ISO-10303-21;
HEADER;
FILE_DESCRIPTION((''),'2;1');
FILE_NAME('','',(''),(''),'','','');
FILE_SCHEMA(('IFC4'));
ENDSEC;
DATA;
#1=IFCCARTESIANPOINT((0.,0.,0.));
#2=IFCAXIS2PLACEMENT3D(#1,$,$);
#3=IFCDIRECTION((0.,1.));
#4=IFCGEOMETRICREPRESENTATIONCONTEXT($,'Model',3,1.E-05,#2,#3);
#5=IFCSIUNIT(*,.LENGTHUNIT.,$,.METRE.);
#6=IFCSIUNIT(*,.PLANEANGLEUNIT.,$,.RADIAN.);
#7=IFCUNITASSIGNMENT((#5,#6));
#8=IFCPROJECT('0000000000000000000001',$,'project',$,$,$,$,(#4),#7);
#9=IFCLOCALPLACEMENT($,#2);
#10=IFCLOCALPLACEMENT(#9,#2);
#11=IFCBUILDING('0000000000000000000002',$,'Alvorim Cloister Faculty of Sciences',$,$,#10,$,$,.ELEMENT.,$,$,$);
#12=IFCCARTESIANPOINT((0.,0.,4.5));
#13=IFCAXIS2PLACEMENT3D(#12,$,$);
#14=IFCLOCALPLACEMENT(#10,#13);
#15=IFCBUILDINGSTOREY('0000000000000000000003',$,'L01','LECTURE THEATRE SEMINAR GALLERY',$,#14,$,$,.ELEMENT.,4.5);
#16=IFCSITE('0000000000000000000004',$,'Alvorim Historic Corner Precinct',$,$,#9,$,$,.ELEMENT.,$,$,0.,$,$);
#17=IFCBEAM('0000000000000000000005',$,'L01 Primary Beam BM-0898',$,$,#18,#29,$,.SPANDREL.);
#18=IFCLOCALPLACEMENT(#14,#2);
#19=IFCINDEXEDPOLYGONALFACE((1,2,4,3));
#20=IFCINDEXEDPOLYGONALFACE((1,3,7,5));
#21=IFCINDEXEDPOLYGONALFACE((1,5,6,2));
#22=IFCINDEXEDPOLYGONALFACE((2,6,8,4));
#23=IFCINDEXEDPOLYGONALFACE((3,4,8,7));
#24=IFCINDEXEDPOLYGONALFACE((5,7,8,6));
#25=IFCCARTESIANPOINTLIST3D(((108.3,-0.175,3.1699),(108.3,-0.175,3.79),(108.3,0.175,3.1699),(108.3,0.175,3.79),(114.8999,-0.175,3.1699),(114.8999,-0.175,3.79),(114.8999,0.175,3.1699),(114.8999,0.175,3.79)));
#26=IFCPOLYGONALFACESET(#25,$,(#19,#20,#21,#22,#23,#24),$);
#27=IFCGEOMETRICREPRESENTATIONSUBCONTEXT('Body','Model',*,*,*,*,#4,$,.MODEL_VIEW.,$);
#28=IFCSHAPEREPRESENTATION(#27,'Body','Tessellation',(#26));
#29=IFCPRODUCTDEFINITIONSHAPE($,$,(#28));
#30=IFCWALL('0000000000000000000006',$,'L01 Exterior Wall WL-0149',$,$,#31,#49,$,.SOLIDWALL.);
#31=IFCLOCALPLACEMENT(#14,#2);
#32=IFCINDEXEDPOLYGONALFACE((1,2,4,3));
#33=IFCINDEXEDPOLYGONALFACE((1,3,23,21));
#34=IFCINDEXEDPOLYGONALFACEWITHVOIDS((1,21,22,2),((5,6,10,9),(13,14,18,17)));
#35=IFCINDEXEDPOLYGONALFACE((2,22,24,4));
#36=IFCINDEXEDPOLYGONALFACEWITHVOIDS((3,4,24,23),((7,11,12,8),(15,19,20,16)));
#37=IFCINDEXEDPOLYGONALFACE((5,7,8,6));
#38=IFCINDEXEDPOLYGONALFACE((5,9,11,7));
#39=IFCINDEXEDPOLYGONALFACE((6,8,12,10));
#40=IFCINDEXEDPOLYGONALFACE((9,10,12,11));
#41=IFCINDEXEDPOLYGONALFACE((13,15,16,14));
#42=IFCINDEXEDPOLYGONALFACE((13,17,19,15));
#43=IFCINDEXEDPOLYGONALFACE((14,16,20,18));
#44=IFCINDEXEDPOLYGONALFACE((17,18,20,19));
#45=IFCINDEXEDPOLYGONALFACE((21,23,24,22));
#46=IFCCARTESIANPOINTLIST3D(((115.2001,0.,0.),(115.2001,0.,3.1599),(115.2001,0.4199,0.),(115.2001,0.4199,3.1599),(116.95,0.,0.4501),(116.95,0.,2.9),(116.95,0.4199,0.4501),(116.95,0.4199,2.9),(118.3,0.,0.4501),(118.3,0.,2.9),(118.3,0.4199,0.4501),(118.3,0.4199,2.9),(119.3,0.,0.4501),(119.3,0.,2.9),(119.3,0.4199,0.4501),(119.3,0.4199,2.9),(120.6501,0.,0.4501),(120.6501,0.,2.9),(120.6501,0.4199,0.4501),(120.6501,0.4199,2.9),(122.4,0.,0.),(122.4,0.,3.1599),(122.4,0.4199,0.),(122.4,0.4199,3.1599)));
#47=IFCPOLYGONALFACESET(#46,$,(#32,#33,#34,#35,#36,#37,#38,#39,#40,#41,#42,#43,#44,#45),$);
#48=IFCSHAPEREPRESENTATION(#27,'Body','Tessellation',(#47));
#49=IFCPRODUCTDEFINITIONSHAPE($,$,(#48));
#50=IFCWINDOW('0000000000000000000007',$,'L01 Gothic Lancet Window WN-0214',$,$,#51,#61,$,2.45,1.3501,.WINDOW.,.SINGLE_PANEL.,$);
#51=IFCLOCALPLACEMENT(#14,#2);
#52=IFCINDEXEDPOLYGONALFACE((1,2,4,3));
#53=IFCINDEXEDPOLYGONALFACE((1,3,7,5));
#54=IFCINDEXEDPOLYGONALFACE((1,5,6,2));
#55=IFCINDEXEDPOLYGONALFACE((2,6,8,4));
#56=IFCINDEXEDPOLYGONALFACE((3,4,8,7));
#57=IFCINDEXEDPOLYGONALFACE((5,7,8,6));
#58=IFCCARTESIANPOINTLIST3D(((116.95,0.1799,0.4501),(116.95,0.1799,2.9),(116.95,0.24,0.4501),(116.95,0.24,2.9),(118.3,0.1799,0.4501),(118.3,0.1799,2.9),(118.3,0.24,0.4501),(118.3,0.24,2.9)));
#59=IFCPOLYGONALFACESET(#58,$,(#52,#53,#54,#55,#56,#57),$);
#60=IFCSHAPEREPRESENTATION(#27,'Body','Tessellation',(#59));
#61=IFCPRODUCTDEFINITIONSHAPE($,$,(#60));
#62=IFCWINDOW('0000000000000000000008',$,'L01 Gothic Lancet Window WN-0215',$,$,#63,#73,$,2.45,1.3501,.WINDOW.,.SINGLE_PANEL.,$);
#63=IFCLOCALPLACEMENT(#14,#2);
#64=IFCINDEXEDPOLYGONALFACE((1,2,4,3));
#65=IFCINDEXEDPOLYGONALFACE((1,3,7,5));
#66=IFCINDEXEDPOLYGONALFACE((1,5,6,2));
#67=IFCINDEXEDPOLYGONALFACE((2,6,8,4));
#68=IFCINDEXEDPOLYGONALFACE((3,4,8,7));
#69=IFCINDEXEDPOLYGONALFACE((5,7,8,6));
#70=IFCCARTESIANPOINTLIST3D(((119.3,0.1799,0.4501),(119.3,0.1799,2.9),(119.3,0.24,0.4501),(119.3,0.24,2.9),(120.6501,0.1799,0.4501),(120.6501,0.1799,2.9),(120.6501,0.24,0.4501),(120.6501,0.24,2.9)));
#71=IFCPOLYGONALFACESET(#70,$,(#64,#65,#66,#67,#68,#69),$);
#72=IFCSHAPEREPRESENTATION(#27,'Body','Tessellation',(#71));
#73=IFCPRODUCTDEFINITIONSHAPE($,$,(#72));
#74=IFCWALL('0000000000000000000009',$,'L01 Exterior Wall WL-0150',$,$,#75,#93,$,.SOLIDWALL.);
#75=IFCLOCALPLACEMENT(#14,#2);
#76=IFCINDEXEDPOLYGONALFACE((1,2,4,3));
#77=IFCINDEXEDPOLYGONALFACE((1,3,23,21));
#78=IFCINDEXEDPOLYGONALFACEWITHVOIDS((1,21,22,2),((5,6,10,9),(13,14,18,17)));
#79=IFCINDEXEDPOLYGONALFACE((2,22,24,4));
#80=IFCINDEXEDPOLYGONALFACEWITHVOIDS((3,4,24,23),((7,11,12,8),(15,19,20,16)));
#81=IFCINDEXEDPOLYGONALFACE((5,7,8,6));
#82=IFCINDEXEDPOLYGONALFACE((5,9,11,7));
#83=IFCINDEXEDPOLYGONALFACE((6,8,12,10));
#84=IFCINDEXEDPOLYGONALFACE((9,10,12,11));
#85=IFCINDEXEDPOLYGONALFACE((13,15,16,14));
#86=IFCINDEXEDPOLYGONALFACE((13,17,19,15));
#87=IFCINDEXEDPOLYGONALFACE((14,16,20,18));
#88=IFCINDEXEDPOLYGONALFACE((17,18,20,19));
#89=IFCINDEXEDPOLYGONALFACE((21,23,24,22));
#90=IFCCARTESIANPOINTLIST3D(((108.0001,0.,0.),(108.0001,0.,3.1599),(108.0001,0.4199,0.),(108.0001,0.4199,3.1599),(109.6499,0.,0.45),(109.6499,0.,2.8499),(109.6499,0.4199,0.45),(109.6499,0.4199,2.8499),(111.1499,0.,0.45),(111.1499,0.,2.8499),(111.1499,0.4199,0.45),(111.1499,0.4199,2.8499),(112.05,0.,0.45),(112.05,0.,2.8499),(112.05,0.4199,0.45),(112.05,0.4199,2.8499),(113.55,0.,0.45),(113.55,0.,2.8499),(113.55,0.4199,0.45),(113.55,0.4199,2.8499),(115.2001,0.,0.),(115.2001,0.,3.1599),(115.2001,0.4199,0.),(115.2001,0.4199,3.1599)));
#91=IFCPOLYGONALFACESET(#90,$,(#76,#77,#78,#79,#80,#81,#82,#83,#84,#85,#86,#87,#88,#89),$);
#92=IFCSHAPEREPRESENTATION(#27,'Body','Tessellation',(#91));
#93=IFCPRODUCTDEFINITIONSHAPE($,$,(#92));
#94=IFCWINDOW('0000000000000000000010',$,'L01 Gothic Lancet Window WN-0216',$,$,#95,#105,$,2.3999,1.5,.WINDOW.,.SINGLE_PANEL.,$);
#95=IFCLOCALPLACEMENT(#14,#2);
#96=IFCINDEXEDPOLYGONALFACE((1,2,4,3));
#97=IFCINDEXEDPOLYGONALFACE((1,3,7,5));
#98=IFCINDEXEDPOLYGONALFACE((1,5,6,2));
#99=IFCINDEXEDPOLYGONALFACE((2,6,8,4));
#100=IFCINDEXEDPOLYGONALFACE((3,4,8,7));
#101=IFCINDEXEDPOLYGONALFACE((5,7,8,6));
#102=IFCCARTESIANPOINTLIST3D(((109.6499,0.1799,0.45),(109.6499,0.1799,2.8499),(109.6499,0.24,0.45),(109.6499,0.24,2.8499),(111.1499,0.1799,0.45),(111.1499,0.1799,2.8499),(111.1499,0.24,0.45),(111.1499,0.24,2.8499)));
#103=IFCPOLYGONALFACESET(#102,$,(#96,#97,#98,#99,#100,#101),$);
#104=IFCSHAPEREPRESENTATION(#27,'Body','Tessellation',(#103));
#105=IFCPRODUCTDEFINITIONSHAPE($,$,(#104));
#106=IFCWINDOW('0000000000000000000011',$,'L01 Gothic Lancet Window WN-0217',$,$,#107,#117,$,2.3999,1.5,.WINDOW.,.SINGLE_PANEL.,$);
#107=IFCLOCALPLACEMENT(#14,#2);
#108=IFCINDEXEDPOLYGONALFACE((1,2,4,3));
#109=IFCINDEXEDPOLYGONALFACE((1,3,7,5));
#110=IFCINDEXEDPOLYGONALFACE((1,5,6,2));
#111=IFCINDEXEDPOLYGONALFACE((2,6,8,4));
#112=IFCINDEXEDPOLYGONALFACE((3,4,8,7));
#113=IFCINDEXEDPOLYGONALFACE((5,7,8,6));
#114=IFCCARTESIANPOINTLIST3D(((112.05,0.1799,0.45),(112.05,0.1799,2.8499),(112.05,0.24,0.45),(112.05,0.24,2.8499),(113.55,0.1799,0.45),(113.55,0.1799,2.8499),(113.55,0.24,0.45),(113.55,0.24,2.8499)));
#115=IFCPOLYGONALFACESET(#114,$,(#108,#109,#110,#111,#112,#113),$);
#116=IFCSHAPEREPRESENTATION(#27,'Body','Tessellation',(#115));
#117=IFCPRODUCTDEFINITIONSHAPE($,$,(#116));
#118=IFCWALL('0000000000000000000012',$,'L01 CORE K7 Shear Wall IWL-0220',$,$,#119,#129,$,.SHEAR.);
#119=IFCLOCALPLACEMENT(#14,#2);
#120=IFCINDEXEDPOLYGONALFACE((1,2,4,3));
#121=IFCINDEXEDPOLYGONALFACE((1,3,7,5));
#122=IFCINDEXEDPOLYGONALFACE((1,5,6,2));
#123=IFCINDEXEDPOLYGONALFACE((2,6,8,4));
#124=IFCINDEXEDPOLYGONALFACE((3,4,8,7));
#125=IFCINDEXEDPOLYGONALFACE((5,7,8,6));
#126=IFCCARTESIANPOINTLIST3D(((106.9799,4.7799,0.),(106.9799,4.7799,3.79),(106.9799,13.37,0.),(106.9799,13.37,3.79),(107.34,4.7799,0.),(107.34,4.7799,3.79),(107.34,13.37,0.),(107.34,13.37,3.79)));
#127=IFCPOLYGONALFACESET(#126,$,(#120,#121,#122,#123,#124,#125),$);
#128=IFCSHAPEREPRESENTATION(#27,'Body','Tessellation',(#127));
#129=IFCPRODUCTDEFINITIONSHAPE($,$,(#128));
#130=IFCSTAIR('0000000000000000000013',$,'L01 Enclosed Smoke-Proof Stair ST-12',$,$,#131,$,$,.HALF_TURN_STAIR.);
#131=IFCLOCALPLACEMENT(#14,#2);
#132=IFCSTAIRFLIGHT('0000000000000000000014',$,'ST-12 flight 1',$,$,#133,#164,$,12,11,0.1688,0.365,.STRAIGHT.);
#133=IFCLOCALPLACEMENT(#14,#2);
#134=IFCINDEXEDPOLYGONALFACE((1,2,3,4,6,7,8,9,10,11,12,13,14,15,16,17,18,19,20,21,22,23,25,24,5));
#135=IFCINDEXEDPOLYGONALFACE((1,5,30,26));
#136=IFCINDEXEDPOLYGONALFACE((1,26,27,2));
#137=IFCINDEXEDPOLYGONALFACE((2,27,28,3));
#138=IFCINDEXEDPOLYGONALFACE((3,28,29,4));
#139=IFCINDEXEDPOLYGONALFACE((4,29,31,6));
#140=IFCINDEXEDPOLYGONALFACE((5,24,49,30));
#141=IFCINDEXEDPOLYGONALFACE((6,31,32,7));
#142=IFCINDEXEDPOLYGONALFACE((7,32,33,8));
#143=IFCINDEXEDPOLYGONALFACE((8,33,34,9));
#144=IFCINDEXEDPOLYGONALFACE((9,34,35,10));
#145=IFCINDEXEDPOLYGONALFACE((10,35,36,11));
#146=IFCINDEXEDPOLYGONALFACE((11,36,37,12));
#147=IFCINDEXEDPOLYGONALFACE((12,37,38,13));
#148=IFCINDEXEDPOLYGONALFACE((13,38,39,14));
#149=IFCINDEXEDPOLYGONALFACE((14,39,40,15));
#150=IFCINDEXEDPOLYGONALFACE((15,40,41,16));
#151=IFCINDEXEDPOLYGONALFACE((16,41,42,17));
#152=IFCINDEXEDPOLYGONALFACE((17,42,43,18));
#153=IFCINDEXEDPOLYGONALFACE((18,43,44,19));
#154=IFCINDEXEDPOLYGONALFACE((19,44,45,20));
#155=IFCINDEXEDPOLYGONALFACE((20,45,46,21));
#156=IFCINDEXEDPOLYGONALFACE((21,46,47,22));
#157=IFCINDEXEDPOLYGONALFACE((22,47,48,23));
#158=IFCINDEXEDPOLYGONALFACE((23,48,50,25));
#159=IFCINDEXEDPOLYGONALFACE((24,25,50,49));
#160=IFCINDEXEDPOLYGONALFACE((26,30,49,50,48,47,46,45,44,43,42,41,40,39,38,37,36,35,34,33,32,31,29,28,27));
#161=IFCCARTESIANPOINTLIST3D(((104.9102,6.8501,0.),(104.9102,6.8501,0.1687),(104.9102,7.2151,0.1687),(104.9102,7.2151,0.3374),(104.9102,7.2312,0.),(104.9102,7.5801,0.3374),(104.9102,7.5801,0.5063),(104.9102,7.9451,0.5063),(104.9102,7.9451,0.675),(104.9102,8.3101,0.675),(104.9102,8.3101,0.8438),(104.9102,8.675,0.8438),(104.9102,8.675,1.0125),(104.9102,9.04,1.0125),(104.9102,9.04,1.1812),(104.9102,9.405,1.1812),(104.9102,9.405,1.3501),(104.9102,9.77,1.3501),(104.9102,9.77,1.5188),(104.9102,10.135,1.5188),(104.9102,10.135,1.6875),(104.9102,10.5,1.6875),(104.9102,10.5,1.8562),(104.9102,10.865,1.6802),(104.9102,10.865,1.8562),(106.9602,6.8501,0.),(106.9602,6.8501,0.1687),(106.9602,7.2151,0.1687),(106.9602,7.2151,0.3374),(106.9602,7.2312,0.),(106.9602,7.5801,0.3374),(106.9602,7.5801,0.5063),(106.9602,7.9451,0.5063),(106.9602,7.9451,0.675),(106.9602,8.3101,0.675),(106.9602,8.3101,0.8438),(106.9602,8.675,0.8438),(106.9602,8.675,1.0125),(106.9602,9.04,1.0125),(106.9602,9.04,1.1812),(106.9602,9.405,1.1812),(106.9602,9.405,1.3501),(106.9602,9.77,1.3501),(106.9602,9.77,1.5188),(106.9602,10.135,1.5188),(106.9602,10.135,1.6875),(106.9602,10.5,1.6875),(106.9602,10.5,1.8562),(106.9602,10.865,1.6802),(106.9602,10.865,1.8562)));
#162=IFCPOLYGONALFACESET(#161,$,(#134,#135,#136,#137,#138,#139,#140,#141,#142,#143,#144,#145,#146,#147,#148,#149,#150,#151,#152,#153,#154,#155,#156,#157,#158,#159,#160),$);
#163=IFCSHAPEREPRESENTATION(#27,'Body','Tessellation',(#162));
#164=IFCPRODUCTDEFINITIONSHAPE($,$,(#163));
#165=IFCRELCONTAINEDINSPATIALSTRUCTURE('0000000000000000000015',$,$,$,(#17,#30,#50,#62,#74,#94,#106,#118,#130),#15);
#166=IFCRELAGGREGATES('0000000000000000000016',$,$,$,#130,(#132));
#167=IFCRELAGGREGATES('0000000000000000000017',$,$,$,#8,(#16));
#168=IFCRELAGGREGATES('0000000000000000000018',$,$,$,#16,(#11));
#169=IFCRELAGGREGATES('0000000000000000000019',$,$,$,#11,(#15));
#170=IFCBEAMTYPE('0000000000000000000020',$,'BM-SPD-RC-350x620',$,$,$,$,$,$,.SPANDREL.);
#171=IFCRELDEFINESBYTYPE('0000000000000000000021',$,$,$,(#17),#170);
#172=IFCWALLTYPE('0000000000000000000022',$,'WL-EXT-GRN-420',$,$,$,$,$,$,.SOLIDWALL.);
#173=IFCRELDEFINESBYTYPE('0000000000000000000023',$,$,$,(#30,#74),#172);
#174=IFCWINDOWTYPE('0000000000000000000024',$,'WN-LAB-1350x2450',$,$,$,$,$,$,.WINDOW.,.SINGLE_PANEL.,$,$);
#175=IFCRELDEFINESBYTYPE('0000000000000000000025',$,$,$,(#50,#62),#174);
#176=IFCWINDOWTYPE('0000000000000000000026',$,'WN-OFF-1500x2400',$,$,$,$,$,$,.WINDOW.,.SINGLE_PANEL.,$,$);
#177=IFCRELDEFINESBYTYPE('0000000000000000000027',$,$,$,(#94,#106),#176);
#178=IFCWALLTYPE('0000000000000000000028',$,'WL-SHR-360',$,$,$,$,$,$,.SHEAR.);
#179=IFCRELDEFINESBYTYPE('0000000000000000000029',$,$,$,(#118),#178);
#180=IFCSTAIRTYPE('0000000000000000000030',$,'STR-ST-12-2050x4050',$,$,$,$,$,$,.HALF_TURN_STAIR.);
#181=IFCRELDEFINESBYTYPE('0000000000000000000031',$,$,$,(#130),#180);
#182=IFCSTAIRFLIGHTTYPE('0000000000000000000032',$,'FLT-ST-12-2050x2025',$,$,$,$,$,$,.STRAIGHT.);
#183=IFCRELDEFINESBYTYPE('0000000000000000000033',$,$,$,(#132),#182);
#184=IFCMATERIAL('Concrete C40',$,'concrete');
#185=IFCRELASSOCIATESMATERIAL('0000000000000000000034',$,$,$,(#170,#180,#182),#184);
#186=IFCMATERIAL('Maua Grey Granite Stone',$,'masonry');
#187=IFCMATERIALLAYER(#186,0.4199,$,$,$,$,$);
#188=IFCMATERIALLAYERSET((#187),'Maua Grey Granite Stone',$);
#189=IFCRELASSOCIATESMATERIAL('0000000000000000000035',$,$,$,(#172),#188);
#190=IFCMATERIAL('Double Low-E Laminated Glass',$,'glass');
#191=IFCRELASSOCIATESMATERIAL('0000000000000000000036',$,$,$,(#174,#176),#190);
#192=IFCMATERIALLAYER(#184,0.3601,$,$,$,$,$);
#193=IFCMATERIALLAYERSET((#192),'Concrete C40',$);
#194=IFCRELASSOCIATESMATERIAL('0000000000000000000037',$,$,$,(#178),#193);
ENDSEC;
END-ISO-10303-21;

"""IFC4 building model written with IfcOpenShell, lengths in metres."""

from ifc_helpers import new_model, si_unit, direction, frame, frame_2d, origin, origin_2d, place, context, subcontext, project, spatial, polyline, rectangle, outline, extrude, material, layer, layer_set, material_profile, profile_set, type_object, element, fill, aggregate, save


model = new_model("IFC4")

# Units and contexts
model_context = context("Model", 3, precision=1e-05, world=origin(), true_north=direction((0.0, 1.0)))
body_context = subcontext(model_context, "Body", "Model", "MODEL_VIEW")
ifc_project = project(units=[si_unit("LENGTHUNIT", "METRE"), si_unit("PLANEANGLEUNIT", "RADIAN")], contexts=[model_context])

# Site, building, storey
site_placement = place(None, origin())
site = spatial("IfcSite", under=ifc_project, at=site_placement, Name="Alvorim Historic Corner Precinct", CompositionType="ELEMENT", RefElevation=0.0)
building_placement = place(site_placement, origin())
building = spatial("IfcBuilding", under=site, at=building_placement, Name="Alvorim Cloister Faculty of Sciences", CompositionType="ELEMENT")
storey_placement = place(building_placement, frame((0.0, 0.0, 4.5)))
storey = spatial("IfcBuildingStorey", under=building, at=storey_placement, Name="L01", Description="LECTURE THEATRE SEMINAR GALLERY", CompositionType="ELEMENT", Elevation=4.5)

# Shared definitions
ifc_material_1 = material(Name="Concrete C40", Category="concrete")

# Beam
ifc_material_profile_1 = material_profile(ifc_material_1, rectangle(XDim=0.3501, YDim=0.6201, at=origin_2d()), Name="RC40-SPD-350x620")
ifc_profile_set_1 = profile_set([ifc_material_profile_1], Name="Concrete C40")
beam_type_1 = type_object("IfcBeamType", Name="BM-SPD-RC-350x620", PredefinedType="SPANDREL", material=ifc_profile_set_1)
beam_1_placement = place(storey_placement, frame((108.3, 0.0, 3.48), z_axis=(1.0, 0.0, 0.0), x_axis=(0.0, 1.0, 0.0)))
element("IfcBeam", 1, at=beam_1_placement, inside=storey, type_object=beam_type_1, Name="L01 Primary Beam BM-0898", PredefinedType="SPANDREL", context=body_context, shape_type="SweptSolid", body=[
    extrude(rectangle(XDim=0.3501, YDim=0.6201, at=origin_2d()), origin(), (0.0, 0.0, 1.0), 6.5999),
])

# Walls, openings, windows
ifc_material_2 = material(Name="Maua Grey Granite Stone", Category="masonry")
ifc_layer_1 = layer(ifc_material_2, 0.4199)
ifc_layer_set_1 = layer_set([ifc_layer_1], Name="Maua Grey Granite Stone")
wall_type_1 = type_object("IfcWallType", Name="WL-EXT-GRN-420", PredefinedType="SOLIDWALL", material=ifc_layer_set_1)
wall_1_placement = place(storey_placement, frame((115.2, 0.21, 0.0), z_axis=(0.0, 0.0, 1.0), x_axis=(1.0, 0.0, 0.0)))
wall_1 = element("IfcWall", 2, at=wall_1_placement, inside=storey, type_object=wall_type_1, Name="L01 Exterior Wall WL-0149", PredefinedType="SOLIDWALL", context=body_context, shape_type="SweptSolid", body=[
    extrude(rectangle(XDim=7.2, YDim=0.4199, at=frame_2d((3.6001, 0.0))), origin(), (0.0, 0.0, 1.0), 3.1599),
])
opening_1_placement = place(wall_1_placement, frame((1.75, 0.0, 0.45)))
opening_1 = element("IfcOpeningElement", 3, at=opening_1_placement, cuts=wall_1, PredefinedType="OPENING", context=body_context, shape_type="SweptSolid", body=[
    extrude(rectangle(XDim=1.3501, YDim=2.45, at=frame_2d((0.675, 1.2251))), frame((0.0, 0.2219, 0.0), z_axis=(0.0, -1.0, 0.0), x_axis=(1.0, 0.0, 0.0)), (0.0, 0.0, 1.0), 0.4438),
])
opening_2_placement = place(wall_1_placement, frame((4.1001, 0.0, 0.45)))
opening_2 = element("IfcOpeningElement", 4, at=opening_2_placement, cuts=wall_1, PredefinedType="OPENING", context=body_context, shape_type="SweptSolid", body=[
    extrude(rectangle(XDim=1.3501, YDim=2.45, at=frame_2d((0.675, 1.2251))), frame((0.0, 0.2219, 0.0), z_axis=(0.0, -1.0, 0.0), x_axis=(1.0, 0.0, 0.0)), (0.0, 0.0, 1.0), 0.4438),
])
ifc_material_3 = material(Name="Double Low-E Laminated Glass", Category="glass")
window_type_1 = type_object("IfcWindowType", Name="WN-LAB-1350x2450", PartitioningType="SINGLE_PANEL", PredefinedType="WINDOW", material=ifc_material_3)
window_1_placement = place(opening_1_placement, origin())
window_1 = element("IfcWindow", 5, at=window_1_placement, inside=storey, type_object=window_type_1, Name="L01 Gothic Lancet Window WN-0214", OverallHeight=2.45, OverallWidth=1.3501, PartitioningType="SINGLE_PANEL", PredefinedType="WINDOW", context=body_context, shape_type="SweptSolid", body=[
    extrude(rectangle(XDim=1.3501, YDim=2.45, at=frame_2d((0.675, 1.2251))), frame((0.0, 0.03, 0.0), z_axis=(0.0, -1.0, 0.0), x_axis=(1.0, 0.0, 0.0)), (0.0, 0.0, 1.0), 0.0601),
])
fill(opening_1, window_1)
window_2_placement = place(opening_2_placement, origin())
window_2 = element("IfcWindow", 6, at=window_2_placement, inside=storey, type_object=window_type_1, Name="L01 Gothic Lancet Window WN-0215", OverallHeight=2.45, OverallWidth=1.3501, PartitioningType="SINGLE_PANEL", PredefinedType="WINDOW", context=body_context, shape_type="SweptSolid", body=[
    extrude(rectangle(XDim=1.3501, YDim=2.45, at=frame_2d((0.675, 1.2251))), frame((0.0, 0.03, 0.0), z_axis=(0.0, -1.0, 0.0), x_axis=(1.0, 0.0, 0.0)), (0.0, 0.0, 1.0), 0.0601),
])
fill(opening_2, window_2)
wall_2_placement = place(storey_placement, frame((108.0, 0.21, 0.0), z_axis=(0.0, 0.0, 1.0), x_axis=(1.0, 0.0, 0.0)))
wall_2 = element("IfcWall", 7, at=wall_2_placement, inside=storey, type_object=wall_type_1, Name="L01 Exterior Wall WL-0150", PredefinedType="SOLIDWALL", context=body_context, shape_type="SweptSolid", body=[
    extrude(rectangle(XDim=7.2, YDim=0.4199, at=frame_2d((3.6001, 0.0))), origin(), (0.0, 0.0, 1.0), 3.1599),
])
opening_3_placement = place(wall_2_placement, frame((1.6499, 0.0, 0.45)))
opening_3 = element("IfcOpeningElement", 8, at=opening_3_placement, cuts=wall_2, PredefinedType="OPENING", context=body_context, shape_type="SweptSolid", body=[
    extrude(rectangle(XDim=1.5, YDim=2.3999, at=frame_2d((0.75, 1.2))), frame((0.0, 0.2219, 0.0), z_axis=(0.0, -1.0, 0.0), x_axis=(1.0, 0.0, 0.0)), (0.0, 0.0, 1.0), 0.4438),
])
opening_4_placement = place(wall_2_placement, frame((4.05, 0.0, 0.45)))
opening_4 = element("IfcOpeningElement", 9, at=opening_4_placement, cuts=wall_2, PredefinedType="OPENING", context=body_context, shape_type="SweptSolid", body=[
    extrude(rectangle(XDim=1.5, YDim=2.3999, at=frame_2d((0.75, 1.2))), frame((0.0, 0.2219, 0.0), z_axis=(0.0, -1.0, 0.0), x_axis=(1.0, 0.0, 0.0)), (0.0, 0.0, 1.0), 0.4438),
])
window_type_2 = type_object("IfcWindowType", Name="WN-OFF-1500x2400", PartitioningType="SINGLE_PANEL", PredefinedType="WINDOW", material=ifc_material_3)
window_3_placement = place(opening_3_placement, origin())
window_3 = element("IfcWindow", 10, at=window_3_placement, inside=storey, type_object=window_type_2, Name="L01 Gothic Lancet Window WN-0216", OverallHeight=2.3999, OverallWidth=1.5, PartitioningType="SINGLE_PANEL", PredefinedType="WINDOW", context=body_context, shape_type="SweptSolid", body=[
    extrude(rectangle(XDim=1.5, YDim=2.3999, at=frame_2d((0.75, 1.2))), frame((0.0, 0.03, 0.0), z_axis=(0.0, -1.0, 0.0), x_axis=(1.0, 0.0, 0.0)), (0.0, 0.0, 1.0), 0.0601),
])
fill(opening_3, window_3)
window_4_placement = place(opening_4_placement, origin())
window_4 = element("IfcWindow", 11, at=window_4_placement, inside=storey, type_object=window_type_2, Name="L01 Gothic Lancet Window WN-0217", OverallHeight=2.3999, OverallWidth=1.5, PartitioningType="SINGLE_PANEL", PredefinedType="WINDOW", context=body_context, shape_type="SweptSolid", body=[
    extrude(rectangle(XDim=1.5, YDim=2.3999, at=frame_2d((0.75, 1.2))), frame((0.0, 0.03, 0.0), z_axis=(0.0, -1.0, 0.0), x_axis=(1.0, 0.0, 0.0)), (0.0, 0.0, 1.0), 0.0601),
])
fill(opening_4, window_4)

# Wall
ifc_layer_2 = layer(ifc_material_1, 0.3601)
ifc_layer_set_2 = layer_set([ifc_layer_2], Name="Concrete C40")
wall_type_2 = type_object("IfcWallType", Name="WL-SHR-360", PredefinedType="SHEAR", material=ifc_layer_set_2)
wall_3_placement = place(storey_placement, frame((107.1599, 4.78, 0.0), z_axis=(0.0, 0.0, 1.0), x_axis=(0.0, 1.0, 0.0)))
element("IfcWall", 12, at=wall_3_placement, inside=storey, type_object=wall_type_2, Name="L01 CORE K7 Shear Wall IWL-0220", PredefinedType="SHEAR", context=body_context, shape_type="SweptSolid", body=[
    extrude(rectangle(XDim=8.5901, YDim=0.3601, at=frame_2d((4.2949, 0.0))), origin(), (0.0, 0.0, 1.0), 3.79),
])

# Stair, stair flight
stair_type = type_object("IfcStairType", Name="STR-ST-12-2050x4050", PredefinedType="HALF_TURN_STAIR", material=ifc_material_1)
stair_placement = place(storey_placement, origin())
stair = element("IfcStair", 13, at=stair_placement, inside=storey, type_object=stair_type, Name="L01 Enclosed Smoke-Proof Stair ST-12", PredefinedType="HALF_TURN_STAIR")
stair_flight_type = type_object("IfcStairFlightType", Name="FLT-ST-12-2050x2025", PredefinedType="STRAIGHT", material=ifc_material_1)
stair_flight_placement = place(storey_placement, frame((105.9351, 6.8501, 0.0), z_axis=(0.0, 0.0, 1.0), x_axis=(0.0, 1.0, 0.0)))
stair_flight = element("IfcStairFlight", 14, at=stair_flight_placement, type_object=stair_flight_type, Name="ST-12 flight 1", NumberOfRisers=12, NumberOfTreads=11, PredefinedType="STRAIGHT", RiserHeight=0.1688, TreadLength=0.365, context=body_context, shape_type="SweptSolid", body=[
    extrude(outline(polyline([(0.3811, 0.0), (4.0149, 1.6802), (4.0149, 2.0249), (4.0149, 1.8562), (3.6499, 1.8562), (3.6499, 1.6875), (3.2849, 1.6875), (3.2849, 1.5188), (2.9199, 1.5188), (2.9199, 1.3501), (2.5549, 1.3501), (2.5549, 1.1812), (2.1899, 1.1812), (2.1899, 1.0125), (1.825, 1.0125), (1.825, 0.8438), (1.46, 0.8438), (1.46, 0.675), (1.095, 0.675), (1.095, 0.5063), (0.73, 0.5063), (0.73, 0.3374), (0.365, 0.3374), (0.365, 0.1687), (0.0, 0.1687), (0.0, 0.0), (0.3811, 0.0)])), frame((0.0, 1.0249, 0.0), z_axis=(0.0, -1.0, 0.0), x_axis=(1.0, 0.0, 0.0)), (0.0, 0.0, 1.0), 2.05),
])
aggregate(stair, [stair_flight])

save(model, "model.ifc")
